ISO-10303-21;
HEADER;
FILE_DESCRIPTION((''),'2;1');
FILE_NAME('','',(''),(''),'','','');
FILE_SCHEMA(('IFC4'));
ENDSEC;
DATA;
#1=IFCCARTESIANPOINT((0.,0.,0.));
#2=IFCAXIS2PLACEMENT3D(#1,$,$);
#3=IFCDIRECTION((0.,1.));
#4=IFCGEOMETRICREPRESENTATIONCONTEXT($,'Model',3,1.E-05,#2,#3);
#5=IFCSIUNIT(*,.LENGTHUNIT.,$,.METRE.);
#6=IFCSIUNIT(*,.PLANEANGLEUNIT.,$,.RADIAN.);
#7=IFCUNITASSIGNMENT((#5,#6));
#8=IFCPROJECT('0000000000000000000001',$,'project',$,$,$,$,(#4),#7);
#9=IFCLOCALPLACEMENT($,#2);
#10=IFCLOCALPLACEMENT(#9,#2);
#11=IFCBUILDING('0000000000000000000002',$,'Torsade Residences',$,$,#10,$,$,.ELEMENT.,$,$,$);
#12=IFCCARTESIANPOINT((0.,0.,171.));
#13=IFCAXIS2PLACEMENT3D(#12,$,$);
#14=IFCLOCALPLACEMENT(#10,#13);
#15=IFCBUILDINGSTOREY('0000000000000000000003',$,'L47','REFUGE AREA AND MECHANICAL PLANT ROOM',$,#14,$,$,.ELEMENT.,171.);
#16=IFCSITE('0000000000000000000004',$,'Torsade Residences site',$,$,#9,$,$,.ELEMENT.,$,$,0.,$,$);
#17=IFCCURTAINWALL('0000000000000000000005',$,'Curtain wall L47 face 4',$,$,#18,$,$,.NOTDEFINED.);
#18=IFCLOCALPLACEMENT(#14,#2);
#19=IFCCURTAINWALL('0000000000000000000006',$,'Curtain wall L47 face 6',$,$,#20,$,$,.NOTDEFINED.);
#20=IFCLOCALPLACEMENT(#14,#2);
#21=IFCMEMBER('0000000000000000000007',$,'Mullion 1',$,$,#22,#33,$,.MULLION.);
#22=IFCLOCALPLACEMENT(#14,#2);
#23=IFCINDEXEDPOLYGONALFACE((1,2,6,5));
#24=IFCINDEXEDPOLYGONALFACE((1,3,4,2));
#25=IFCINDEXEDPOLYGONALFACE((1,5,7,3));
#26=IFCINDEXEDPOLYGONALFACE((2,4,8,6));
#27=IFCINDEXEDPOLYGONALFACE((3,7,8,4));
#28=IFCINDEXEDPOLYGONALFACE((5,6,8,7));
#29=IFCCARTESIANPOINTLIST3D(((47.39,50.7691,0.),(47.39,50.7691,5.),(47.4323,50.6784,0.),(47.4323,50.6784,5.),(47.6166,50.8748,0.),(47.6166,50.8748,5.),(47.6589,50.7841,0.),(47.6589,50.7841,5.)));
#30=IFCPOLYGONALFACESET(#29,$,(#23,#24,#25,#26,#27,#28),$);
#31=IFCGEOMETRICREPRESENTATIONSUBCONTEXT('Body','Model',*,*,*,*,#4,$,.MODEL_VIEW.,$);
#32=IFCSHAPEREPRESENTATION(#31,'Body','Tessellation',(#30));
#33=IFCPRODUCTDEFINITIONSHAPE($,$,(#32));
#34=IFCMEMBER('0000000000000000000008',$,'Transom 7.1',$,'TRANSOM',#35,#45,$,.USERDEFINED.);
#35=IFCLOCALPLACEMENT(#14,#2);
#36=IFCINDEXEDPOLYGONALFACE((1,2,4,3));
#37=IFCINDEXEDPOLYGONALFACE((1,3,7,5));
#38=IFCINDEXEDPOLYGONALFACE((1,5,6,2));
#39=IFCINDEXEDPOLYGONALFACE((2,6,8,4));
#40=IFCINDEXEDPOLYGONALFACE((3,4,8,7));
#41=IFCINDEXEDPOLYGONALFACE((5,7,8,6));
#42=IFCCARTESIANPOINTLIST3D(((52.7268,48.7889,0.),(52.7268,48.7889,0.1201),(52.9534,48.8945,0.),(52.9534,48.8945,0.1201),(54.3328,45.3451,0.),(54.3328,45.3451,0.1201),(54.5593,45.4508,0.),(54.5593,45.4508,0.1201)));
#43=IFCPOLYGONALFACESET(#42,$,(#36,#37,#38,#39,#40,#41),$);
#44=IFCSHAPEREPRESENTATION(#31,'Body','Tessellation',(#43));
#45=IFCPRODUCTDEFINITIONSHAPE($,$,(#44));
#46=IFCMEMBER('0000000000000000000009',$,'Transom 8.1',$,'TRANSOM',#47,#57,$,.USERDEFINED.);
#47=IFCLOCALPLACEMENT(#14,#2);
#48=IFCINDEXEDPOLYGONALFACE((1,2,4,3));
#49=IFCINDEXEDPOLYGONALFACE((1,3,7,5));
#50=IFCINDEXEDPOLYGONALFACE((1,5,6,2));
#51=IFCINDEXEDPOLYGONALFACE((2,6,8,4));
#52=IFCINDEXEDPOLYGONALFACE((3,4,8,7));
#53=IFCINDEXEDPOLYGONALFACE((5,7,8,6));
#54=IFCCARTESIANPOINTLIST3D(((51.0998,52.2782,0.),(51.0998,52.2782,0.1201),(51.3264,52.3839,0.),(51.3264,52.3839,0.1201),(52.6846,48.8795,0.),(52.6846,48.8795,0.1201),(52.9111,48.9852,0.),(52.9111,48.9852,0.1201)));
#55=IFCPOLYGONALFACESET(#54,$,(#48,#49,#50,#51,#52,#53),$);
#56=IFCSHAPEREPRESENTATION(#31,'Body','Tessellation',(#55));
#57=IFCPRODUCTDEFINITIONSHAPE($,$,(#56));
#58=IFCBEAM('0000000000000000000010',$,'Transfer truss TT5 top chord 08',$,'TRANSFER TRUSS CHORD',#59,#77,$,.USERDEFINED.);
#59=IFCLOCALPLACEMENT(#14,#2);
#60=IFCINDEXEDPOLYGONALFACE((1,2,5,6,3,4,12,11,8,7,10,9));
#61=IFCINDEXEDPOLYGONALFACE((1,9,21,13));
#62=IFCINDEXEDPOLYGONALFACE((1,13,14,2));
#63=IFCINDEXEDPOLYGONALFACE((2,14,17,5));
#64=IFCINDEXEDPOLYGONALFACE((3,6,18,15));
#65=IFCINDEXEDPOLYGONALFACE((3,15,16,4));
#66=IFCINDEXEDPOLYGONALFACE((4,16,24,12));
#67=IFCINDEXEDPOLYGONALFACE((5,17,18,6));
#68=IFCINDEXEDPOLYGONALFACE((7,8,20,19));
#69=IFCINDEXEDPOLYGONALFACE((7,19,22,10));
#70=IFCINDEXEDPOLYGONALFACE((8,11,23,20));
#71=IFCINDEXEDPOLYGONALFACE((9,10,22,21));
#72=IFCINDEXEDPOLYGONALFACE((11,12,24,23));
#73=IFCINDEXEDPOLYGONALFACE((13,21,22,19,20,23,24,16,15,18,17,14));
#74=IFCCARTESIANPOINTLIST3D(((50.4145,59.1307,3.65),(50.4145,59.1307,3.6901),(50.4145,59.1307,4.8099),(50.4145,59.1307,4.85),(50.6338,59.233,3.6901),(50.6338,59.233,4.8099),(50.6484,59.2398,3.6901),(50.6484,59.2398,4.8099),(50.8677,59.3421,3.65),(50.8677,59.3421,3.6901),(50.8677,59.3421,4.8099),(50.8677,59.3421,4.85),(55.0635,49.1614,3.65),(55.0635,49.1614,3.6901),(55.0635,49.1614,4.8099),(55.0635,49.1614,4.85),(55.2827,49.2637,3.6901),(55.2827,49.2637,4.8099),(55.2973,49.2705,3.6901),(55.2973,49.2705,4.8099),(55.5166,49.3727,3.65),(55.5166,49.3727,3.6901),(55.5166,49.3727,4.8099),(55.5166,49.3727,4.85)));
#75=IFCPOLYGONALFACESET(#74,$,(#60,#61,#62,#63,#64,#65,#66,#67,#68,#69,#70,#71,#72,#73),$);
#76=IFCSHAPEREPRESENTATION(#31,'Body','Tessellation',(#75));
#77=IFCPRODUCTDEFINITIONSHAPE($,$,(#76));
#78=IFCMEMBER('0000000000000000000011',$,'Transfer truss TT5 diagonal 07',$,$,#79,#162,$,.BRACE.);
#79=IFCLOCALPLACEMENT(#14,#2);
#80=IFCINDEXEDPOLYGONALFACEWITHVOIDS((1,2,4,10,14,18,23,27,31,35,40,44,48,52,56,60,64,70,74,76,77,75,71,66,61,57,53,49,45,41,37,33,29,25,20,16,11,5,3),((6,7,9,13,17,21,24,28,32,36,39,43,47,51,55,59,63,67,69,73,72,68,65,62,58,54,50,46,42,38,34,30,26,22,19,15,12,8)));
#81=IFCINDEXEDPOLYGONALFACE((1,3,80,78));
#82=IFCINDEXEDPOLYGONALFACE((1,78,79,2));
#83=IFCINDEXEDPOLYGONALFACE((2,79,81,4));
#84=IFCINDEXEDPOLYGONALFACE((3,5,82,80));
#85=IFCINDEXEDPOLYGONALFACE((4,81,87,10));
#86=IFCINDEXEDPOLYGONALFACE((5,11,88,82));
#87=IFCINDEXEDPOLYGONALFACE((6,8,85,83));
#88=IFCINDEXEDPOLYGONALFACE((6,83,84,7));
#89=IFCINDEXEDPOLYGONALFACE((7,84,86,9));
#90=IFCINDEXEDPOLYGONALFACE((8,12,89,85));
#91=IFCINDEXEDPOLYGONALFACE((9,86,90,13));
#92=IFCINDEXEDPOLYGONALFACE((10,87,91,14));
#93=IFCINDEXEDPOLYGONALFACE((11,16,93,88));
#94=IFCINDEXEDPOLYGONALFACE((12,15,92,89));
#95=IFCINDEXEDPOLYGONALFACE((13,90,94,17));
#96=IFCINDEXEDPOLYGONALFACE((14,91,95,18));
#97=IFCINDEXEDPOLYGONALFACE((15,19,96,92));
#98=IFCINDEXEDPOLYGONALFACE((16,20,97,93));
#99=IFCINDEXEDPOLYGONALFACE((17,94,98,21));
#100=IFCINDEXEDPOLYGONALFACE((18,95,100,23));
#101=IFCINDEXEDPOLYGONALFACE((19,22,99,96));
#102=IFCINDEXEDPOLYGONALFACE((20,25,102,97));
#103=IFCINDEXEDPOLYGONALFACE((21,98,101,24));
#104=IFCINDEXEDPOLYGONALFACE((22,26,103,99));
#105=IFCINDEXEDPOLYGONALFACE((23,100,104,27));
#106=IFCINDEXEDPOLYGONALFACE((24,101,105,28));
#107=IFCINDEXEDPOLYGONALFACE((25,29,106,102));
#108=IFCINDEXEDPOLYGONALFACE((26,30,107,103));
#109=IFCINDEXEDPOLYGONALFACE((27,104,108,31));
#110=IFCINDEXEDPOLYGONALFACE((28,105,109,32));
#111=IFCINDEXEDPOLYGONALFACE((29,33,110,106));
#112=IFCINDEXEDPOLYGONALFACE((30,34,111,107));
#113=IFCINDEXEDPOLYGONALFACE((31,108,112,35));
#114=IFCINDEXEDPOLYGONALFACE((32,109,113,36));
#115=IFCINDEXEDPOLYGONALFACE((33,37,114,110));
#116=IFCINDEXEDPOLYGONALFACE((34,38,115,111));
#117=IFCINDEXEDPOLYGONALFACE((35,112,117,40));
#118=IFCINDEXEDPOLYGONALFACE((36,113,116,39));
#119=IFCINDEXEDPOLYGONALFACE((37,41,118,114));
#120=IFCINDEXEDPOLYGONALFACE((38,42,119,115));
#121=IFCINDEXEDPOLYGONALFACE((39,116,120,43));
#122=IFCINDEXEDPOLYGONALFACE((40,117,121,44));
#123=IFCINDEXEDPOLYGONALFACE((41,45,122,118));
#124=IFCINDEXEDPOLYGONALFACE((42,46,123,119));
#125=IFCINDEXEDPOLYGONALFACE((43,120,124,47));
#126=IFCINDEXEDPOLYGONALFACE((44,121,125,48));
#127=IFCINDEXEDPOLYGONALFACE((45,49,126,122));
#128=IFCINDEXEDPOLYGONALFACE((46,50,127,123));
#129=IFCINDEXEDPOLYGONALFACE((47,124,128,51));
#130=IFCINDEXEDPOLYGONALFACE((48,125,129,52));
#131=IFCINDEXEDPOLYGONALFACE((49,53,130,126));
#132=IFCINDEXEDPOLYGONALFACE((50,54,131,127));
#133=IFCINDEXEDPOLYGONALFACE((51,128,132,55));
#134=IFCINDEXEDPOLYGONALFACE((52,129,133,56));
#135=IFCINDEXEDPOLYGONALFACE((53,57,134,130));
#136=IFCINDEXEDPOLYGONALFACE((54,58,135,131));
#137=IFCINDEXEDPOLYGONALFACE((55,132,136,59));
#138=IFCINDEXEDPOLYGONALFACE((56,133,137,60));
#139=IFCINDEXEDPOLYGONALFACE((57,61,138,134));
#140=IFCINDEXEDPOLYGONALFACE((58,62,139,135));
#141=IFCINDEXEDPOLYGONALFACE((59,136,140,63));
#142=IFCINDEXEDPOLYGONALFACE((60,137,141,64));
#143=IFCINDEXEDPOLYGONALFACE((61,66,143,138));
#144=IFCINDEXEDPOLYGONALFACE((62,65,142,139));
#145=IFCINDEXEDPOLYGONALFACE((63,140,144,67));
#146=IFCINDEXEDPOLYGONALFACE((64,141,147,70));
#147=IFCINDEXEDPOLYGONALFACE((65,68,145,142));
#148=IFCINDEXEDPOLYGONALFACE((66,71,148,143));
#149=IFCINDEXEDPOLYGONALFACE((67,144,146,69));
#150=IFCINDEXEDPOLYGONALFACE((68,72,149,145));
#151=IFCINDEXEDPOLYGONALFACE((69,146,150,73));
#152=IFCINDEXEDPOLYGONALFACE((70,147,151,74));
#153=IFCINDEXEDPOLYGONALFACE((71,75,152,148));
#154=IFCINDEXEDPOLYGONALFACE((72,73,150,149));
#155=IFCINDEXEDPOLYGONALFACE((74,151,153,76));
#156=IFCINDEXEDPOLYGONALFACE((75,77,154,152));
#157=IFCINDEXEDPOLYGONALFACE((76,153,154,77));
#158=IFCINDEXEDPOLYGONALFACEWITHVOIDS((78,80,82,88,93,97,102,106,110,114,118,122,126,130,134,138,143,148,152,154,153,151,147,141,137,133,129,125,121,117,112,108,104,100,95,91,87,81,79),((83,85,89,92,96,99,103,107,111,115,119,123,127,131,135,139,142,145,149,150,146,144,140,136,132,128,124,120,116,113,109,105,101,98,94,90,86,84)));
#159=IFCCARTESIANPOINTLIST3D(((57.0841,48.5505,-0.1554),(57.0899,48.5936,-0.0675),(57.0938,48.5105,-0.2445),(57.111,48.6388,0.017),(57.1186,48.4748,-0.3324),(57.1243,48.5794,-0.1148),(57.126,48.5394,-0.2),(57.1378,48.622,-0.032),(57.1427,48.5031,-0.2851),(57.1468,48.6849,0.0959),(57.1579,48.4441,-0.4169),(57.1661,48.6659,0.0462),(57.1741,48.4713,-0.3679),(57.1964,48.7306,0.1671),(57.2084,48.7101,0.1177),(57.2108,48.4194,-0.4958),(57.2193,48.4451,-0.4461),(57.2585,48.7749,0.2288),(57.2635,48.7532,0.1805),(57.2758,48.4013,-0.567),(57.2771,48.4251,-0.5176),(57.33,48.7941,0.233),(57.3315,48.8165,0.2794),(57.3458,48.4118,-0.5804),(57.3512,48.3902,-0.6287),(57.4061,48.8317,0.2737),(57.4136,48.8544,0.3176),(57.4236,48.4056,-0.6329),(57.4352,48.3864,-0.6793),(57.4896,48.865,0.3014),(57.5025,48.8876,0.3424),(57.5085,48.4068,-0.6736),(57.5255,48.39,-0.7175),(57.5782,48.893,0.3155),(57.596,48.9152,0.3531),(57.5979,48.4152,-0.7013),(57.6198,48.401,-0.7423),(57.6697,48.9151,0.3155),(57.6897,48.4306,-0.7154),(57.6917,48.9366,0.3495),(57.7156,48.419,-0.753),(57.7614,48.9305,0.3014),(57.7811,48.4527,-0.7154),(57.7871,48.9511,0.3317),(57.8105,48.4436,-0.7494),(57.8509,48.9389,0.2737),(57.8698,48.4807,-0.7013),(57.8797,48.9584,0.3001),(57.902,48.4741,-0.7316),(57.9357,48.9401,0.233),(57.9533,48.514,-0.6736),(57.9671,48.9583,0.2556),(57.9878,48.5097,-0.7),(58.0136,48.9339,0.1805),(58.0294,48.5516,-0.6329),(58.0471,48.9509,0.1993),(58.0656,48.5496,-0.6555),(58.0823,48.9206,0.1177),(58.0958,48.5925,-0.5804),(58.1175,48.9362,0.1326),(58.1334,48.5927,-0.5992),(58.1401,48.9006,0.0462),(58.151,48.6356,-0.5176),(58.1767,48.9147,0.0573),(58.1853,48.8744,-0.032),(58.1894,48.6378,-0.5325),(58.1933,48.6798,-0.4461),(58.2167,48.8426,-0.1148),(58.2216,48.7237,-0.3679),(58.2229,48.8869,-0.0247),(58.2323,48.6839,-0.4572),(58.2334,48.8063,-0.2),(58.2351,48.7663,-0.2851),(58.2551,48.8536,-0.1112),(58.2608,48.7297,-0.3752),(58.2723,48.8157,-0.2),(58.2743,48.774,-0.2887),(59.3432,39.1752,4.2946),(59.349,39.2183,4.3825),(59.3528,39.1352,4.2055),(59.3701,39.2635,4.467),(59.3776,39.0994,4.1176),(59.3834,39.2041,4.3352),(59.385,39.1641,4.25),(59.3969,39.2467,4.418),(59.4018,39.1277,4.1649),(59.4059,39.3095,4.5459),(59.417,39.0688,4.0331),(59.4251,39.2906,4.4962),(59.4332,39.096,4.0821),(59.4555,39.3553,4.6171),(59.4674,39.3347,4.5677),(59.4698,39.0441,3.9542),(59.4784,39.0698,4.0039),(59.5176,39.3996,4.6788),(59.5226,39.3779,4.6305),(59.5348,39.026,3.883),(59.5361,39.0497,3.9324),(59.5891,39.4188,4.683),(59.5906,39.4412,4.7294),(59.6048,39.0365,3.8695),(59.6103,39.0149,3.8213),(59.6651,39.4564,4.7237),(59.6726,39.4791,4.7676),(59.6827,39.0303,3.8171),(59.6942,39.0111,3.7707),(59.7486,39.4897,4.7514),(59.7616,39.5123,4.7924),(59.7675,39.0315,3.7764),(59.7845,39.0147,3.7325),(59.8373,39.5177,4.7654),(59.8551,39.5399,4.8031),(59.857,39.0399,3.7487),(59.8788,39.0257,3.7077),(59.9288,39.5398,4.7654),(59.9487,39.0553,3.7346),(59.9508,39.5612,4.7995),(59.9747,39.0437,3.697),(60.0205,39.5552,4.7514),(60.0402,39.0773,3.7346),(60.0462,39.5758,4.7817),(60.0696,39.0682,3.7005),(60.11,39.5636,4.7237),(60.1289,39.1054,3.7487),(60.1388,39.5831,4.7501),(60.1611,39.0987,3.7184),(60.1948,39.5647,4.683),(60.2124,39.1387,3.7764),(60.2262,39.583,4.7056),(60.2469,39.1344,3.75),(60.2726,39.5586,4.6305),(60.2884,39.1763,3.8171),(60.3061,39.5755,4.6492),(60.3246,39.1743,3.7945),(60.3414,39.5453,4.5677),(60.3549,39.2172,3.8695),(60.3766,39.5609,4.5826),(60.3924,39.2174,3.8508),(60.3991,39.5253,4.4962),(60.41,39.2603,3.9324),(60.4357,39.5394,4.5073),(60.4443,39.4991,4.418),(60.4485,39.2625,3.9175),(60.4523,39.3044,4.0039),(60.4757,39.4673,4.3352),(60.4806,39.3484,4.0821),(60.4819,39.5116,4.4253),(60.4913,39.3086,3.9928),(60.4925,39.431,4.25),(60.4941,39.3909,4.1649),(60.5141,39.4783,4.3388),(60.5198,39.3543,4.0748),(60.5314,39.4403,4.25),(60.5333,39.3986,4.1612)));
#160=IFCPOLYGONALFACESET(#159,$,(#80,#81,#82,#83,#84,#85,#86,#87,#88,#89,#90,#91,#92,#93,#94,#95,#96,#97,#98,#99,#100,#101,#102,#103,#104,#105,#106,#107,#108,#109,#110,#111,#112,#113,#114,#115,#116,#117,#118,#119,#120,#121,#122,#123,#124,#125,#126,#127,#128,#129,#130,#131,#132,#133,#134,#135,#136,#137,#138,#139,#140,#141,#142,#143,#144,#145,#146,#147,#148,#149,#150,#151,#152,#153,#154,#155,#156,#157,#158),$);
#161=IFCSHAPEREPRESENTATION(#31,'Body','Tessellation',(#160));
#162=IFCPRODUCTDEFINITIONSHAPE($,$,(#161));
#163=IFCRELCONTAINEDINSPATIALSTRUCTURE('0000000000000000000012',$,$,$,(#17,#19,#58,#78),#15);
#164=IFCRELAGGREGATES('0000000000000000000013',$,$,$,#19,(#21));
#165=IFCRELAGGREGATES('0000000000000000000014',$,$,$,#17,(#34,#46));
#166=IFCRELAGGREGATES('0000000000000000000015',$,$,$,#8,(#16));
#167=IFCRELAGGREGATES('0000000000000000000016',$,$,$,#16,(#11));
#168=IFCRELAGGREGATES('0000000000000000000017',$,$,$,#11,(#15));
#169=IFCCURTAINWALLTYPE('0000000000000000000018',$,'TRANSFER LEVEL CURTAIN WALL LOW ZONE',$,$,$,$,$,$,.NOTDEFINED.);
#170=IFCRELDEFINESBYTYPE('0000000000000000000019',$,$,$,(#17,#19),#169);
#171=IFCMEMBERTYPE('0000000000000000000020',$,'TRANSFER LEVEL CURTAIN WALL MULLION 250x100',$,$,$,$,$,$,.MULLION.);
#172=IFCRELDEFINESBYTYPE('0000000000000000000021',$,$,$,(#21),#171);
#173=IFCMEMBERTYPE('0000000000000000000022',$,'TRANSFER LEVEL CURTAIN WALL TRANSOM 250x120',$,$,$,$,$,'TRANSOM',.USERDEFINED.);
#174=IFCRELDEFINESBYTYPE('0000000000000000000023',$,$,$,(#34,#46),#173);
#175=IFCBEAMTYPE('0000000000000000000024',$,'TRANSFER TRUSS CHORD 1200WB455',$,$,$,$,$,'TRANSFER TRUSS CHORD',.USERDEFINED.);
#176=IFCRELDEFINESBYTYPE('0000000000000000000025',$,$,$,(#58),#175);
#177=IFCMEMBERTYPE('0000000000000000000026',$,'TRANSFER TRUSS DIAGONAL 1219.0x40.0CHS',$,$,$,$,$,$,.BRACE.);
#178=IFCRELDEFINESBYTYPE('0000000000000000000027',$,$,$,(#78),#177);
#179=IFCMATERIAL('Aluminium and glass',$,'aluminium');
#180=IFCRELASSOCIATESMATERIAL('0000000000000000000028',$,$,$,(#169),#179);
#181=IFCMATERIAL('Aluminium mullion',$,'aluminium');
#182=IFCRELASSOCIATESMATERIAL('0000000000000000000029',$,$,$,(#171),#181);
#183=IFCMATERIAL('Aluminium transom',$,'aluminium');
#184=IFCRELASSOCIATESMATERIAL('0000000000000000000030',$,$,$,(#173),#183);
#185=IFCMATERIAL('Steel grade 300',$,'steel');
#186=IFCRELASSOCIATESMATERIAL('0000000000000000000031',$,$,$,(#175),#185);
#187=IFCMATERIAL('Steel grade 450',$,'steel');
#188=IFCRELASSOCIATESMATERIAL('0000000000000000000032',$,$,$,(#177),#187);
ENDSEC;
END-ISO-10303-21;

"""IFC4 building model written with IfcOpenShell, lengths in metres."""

from ifc_helpers import new_model, si_unit, direction, frame, origin, origin_2d, place, context, subcontext, project, spatial, rectangle, hollow_circle, i_section, extrude, material, material_profile, profile_set, type_object, element, aggregate, save


model = new_model("IFC4")

# Units and contexts
model_context = context("Model", 3, precision=1e-05, world=origin(), true_north=direction((0.0, 1.0)))
body_context = subcontext(model_context, "Body", "Model", "MODEL_VIEW")
ifc_project = project(units=[si_unit("LENGTHUNIT", "METRE"), si_unit("PLANEANGLEUNIT", "RADIAN")], contexts=[model_context])

# Site, building, storey
site_placement = place(None, origin())
site = spatial("IfcSite", under=ifc_project, at=site_placement, Name="Torsade Residences site", CompositionType="ELEMENT", RefElevation=0.0)
building_placement = place(site_placement, origin())
building = spatial("IfcBuilding", under=site, at=building_placement, Name="Torsade Residences", CompositionType="ELEMENT")
storey_placement = place(building_placement, frame((0.0, 0.0, 171.0)))
storey = spatial("IfcBuildingStorey", under=building, at=storey_placement, Name="L47", Description="REFUGE AREA AND MECHANICAL PLANT ROOM", CompositionType="ELEMENT", Elevation=171.0)

# Curtain wall
ifc_material_1 = material(Name="Aluminium and glass", Category="aluminium")
curtain_wall_type = type_object("IfcCurtainWallType", Name="TRANSFER LEVEL CURTAIN WALL LOW ZONE", PredefinedType="NOTDEFINED", material=ifc_material_1)
curtain_wall_1_placement = place(storey_placement, origin())
curtain_wall_1 = element("IfcCurtainWall", 1, at=curtain_wall_1_placement, inside=storey, type_object=curtain_wall_type, Name="Curtain wall L47 face 4", PredefinedType="NOTDEFINED")
ifc_material_2 = material(Name="Aluminium mullion", Category="aluminium")
ifc_material_profile_1 = material_profile(ifc_material_2, rectangle(XDim=0.25, YDim=0.1001, at=origin_2d()), Name="TRANSFER LEVEL CURTAIN WALL MULLION 250x100")
ifc_profile_set_1 = profile_set([ifc_material_profile_1], Name="Aluminium mullion")
member_type_1 = type_object("IfcMemberType", Name="TRANSFER LEVEL CURTAIN WALL MULLION 250x100", PredefinedType="MULLION", material=ifc_profile_set_1)

# Curtain wall, member
curtain_wall_2_placement = place(storey_placement, origin())
curtain_wall_2 = element("IfcCurtainWall", 2, at=curtain_wall_2_placement, inside=storey, type_object=curtain_wall_type, Name="Curtain wall L47 face 6", PredefinedType="NOTDEFINED")
member_1_placement = place(storey_placement, frame((47.5244, 50.7766, 0.0), z_axis=(0.0, 0.0, 1.0), x_axis=(-0.906308, -0.422618, 0.0)))
member_1 = element("IfcMember", 3, at=member_1_placement, type_object=member_type_1, Name="Mullion 1", PredefinedType="MULLION", context=body_context, shape_type="SweptSolid", body=[
    extrude(rectangle(XDim=0.25, YDim=0.1001, at=origin_2d()), origin(), (0.0, 0.0, 1.0), 5.0),
])
aggregate(curtain_wall_2, [member_1])

# Members
ifc_material_3 = material(Name="Aluminium transom", Category="aluminium")
ifc_material_profile_2 = material_profile(ifc_material_3, rectangle(XDim=0.25, YDim=0.1201, at=origin_2d()), Name="TRANSFER LEVEL CURTAIN WALL TRANSOM 250x120")
ifc_profile_set_2 = profile_set([ifc_material_profile_2], Name="Aluminium transom")
member_type_2 = type_object("IfcMemberType", Name="TRANSFER LEVEL CURTAIN WALL TRANSOM 250x120", ElementType="TRANSOM", PredefinedType="USERDEFINED", material=ifc_profile_set_2)
member_2_placement = place(storey_placement, frame((54.446, 45.3979, 0.0601), z_axis=(-0.422632, 0.906301, 0.0), x_axis=(-0.906301, -0.422632, 0.0)))
member_2 = element("IfcMember", 4, at=member_2_placement, type_object=member_type_2, Name="Transom 7.1", ObjectType="TRANSOM", PredefinedType="USERDEFINED", context=body_context, shape_type="SweptSolid", body=[
    extrude(rectangle(XDim=0.25, YDim=0.1201, at=origin_2d()), origin(), (0.0, 0.0, 1.0), 3.7998),
])
member_3_placement = place(storey_placement, frame((52.7979, 48.9324, 0.0601), z_axis=(-0.422593, 0.906319, 0.0), x_axis=(-0.906319, -0.422593, 0.0)))
member_3 = element("IfcMember", 5, at=member_3_placement, type_object=member_type_2, Name="Transom 8.1", ObjectType="TRANSOM", PredefinedType="USERDEFINED", context=body_context, shape_type="SweptSolid", body=[
    extrude(rectangle(XDim=0.25, YDim=0.1201, at=origin_2d()), origin(), (0.0, 0.0, 1.0), 3.75),
])

# Beam
ifc_material_4 = material(Name="Steel grade 300", Category="steel")
ifc_material_profile_3 = material_profile(ifc_material_4, i_section(OverallWidth=0.5, OverallDepth=1.2, WebThickness=0.0161, FlangeThickness=0.04, at=origin_2d()), Name="1200WB455")
ifc_profile_set_3 = profile_set([ifc_material_profile_3], Name="Steel grade 300")
beam_type_1 = type_object("IfcBeamType", Name="TRANSFER TRUSS CHORD 1200WB455", ElementType="TRANSFER TRUSS CHORD", PredefinedType="USERDEFINED", material=ifc_profile_set_3)
beam_1_placement = place(storey_placement, frame((55.29, 49.2671, 4.25), z_axis=(-0.422633, 0.906301, 0.0), x_axis=(-0.906301, -0.422633, 0.0)))
element("IfcBeam", 6, at=beam_1_placement, inside=storey, type_object=beam_type_1, Name="Transfer truss TT5 top chord 08", ObjectType="TRANSFER TRUSS CHORD", PredefinedType="USERDEFINED", context=body_context, shape_type="SweptSolid", body=[
    extrude(i_section(OverallWidth=0.5, OverallDepth=1.2, WebThickness=0.0161, FlangeThickness=0.04, at=origin_2d()), origin(), (0.0, 0.0, 1.0), 11.0),
])

# Member
ifc_material_5 = material(Name="Steel grade 450", Category="steel")
ifc_material_profile_4 = material_profile(ifc_material_5, hollow_circle(Radius=0.6096, WallThickness=0.04, at=origin_2d()), Name="1219.0x40.0CHS")
ifc_profile_set_4 = profile_set([ifc_material_profile_4], Name="Steel grade 450")
member_type_3 = type_object("IfcMemberType", Name="TRANSFER TRUSS DIAGONAL 1219.0x40.0CHS", PredefinedType="BRACE", material=ifc_profile_set_4)
member_4_placement = place(storey_placement, frame((57.6797, 48.6729, -0.2), z_axis=(0.2127, -0.882728, 0.418986), x_axis=(0.972176, 0.234253, 0.0)))
element("IfcMember", 7, at=member_4_placement, inside=storey, type_object=member_type_3, Name="Transfer truss TT5 diagonal 07", PredefinedType="BRACE", context=body_context, shape_type="SweptSolid", body=[
    extrude(hollow_circle(Radius=0.6096, WallThickness=0.04, at=origin_2d()), origin(), (0.0, 0.0, 1.0), 10.6208),
])

aggregate(curtain_wall_1, [member_2, member_3])

save(model, "model.ifc")
